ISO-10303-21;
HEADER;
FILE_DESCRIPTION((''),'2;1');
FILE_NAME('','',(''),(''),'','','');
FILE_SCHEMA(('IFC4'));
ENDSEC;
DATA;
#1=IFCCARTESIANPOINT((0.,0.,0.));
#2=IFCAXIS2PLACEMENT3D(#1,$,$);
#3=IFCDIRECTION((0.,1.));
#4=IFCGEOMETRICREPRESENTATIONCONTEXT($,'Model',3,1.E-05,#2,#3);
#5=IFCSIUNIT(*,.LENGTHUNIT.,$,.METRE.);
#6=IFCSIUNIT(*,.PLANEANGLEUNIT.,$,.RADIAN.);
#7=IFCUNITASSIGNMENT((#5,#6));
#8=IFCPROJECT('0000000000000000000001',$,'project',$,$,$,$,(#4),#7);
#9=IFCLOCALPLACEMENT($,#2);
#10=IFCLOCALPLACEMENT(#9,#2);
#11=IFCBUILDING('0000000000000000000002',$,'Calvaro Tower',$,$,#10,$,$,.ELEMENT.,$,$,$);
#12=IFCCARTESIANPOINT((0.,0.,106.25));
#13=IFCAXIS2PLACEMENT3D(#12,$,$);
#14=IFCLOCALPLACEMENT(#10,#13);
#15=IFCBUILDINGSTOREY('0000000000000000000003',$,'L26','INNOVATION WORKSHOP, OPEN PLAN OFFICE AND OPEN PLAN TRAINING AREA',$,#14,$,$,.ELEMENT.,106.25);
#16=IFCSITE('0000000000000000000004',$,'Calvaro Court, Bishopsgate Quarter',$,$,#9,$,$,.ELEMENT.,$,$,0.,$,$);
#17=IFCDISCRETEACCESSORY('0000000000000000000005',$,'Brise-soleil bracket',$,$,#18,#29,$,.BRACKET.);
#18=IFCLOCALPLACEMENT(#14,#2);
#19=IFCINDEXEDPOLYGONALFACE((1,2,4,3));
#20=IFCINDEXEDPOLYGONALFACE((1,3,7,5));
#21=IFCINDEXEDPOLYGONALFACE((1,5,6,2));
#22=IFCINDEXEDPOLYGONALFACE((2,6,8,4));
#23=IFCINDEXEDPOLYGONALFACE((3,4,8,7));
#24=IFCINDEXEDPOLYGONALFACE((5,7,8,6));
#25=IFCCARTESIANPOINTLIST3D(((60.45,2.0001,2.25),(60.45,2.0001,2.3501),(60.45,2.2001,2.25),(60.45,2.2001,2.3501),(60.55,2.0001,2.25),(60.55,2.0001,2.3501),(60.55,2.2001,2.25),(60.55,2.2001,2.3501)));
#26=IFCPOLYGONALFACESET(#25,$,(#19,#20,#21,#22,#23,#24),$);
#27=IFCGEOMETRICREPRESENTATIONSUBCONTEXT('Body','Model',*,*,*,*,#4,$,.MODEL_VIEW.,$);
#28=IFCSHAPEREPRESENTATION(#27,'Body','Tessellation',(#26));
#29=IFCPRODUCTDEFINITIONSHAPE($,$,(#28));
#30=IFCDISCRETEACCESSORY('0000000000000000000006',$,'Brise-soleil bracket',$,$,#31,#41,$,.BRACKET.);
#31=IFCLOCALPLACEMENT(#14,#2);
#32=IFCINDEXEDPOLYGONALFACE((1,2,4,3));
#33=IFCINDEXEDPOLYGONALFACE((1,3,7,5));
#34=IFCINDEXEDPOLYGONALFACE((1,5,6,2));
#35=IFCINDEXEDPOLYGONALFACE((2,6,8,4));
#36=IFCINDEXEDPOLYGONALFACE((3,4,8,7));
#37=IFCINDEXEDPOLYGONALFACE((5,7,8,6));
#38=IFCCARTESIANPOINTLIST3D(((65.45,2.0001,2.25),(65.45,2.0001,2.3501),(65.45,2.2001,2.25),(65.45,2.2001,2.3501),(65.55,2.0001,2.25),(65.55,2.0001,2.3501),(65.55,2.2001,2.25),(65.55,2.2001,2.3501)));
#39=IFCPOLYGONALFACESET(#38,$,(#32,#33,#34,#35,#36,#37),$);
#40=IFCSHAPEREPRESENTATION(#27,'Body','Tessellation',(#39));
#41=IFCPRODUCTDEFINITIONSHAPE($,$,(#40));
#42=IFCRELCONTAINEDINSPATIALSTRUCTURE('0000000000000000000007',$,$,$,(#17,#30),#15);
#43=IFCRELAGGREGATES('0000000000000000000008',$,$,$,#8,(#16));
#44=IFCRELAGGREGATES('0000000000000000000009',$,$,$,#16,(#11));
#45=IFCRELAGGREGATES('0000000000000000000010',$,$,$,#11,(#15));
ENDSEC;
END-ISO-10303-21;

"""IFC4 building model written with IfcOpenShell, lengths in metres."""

from ifc_helpers import new_model, si_unit, direction, frame, origin, origin_2d, place, context, subcontext, project, spatial, rectangle, extrude, element, save


model = new_model("IFC4")

# Units and contexts
model_context = context("Model", 3, precision=1e-05, world=origin(), true_north=direction((0.0, 1.0)))
body_context = subcontext(model_context, "Body", "Model", "MODEL_VIEW")
ifc_project = project(units=[si_unit("LENGTHUNIT", "METRE"), si_unit("PLANEANGLEUNIT", "RADIAN")], contexts=[model_context])

# Site, building, storey
site_placement = place(None, origin())
site = spatial("IfcSite", under=ifc_project, at=site_placement, Name="Calvaro Court, Bishopsgate Quarter", CompositionType="ELEMENT", RefElevation=0.0)
building_placement = place(site_placement, origin())
building = spatial("IfcBuilding", under=site, at=building_placement, Name="Calvaro Tower", CompositionType="ELEMENT")
storey_placement = place(building_placement, frame((0.0, 0.0, 106.25)))
storey = spatial("IfcBuildingStorey", under=building, at=storey_placement, Name="L26", Description="INNOVATION WORKSHOP, OPEN PLAN OFFICE AND OPEN PLAN TRAINING AREA", CompositionType="ELEMENT", Elevation=106.25)

# Discrete accessories
for number, where, z_axis, x_axis, name in (
    (1, (60.5, 2.1001, 2.25), (0.0, 0.0, 1.0), (1.0, 0.0, 0.0), "Brise-soleil bracket"),
    (2, (65.5, 2.1001, 2.25), (0.0, 0.0, 1.0), (1.0, 0.0, 0.0), "Brise-soleil bracket"),
):
    element("IfcDiscreteAccessory", number, at=place(storey_placement, frame(where, z_axis=z_axis, x_axis=x_axis)), inside=storey, Name=name, PredefinedType="BRACKET", context=body_context, shape_type="SweptSolid", body=[
        extrude(rectangle(XDim=0.1001, YDim=0.2, at=origin_2d()), origin(), (0.0, 0.0, 1.0), 0.1001),
    ])

save(model, "model.ifc")
